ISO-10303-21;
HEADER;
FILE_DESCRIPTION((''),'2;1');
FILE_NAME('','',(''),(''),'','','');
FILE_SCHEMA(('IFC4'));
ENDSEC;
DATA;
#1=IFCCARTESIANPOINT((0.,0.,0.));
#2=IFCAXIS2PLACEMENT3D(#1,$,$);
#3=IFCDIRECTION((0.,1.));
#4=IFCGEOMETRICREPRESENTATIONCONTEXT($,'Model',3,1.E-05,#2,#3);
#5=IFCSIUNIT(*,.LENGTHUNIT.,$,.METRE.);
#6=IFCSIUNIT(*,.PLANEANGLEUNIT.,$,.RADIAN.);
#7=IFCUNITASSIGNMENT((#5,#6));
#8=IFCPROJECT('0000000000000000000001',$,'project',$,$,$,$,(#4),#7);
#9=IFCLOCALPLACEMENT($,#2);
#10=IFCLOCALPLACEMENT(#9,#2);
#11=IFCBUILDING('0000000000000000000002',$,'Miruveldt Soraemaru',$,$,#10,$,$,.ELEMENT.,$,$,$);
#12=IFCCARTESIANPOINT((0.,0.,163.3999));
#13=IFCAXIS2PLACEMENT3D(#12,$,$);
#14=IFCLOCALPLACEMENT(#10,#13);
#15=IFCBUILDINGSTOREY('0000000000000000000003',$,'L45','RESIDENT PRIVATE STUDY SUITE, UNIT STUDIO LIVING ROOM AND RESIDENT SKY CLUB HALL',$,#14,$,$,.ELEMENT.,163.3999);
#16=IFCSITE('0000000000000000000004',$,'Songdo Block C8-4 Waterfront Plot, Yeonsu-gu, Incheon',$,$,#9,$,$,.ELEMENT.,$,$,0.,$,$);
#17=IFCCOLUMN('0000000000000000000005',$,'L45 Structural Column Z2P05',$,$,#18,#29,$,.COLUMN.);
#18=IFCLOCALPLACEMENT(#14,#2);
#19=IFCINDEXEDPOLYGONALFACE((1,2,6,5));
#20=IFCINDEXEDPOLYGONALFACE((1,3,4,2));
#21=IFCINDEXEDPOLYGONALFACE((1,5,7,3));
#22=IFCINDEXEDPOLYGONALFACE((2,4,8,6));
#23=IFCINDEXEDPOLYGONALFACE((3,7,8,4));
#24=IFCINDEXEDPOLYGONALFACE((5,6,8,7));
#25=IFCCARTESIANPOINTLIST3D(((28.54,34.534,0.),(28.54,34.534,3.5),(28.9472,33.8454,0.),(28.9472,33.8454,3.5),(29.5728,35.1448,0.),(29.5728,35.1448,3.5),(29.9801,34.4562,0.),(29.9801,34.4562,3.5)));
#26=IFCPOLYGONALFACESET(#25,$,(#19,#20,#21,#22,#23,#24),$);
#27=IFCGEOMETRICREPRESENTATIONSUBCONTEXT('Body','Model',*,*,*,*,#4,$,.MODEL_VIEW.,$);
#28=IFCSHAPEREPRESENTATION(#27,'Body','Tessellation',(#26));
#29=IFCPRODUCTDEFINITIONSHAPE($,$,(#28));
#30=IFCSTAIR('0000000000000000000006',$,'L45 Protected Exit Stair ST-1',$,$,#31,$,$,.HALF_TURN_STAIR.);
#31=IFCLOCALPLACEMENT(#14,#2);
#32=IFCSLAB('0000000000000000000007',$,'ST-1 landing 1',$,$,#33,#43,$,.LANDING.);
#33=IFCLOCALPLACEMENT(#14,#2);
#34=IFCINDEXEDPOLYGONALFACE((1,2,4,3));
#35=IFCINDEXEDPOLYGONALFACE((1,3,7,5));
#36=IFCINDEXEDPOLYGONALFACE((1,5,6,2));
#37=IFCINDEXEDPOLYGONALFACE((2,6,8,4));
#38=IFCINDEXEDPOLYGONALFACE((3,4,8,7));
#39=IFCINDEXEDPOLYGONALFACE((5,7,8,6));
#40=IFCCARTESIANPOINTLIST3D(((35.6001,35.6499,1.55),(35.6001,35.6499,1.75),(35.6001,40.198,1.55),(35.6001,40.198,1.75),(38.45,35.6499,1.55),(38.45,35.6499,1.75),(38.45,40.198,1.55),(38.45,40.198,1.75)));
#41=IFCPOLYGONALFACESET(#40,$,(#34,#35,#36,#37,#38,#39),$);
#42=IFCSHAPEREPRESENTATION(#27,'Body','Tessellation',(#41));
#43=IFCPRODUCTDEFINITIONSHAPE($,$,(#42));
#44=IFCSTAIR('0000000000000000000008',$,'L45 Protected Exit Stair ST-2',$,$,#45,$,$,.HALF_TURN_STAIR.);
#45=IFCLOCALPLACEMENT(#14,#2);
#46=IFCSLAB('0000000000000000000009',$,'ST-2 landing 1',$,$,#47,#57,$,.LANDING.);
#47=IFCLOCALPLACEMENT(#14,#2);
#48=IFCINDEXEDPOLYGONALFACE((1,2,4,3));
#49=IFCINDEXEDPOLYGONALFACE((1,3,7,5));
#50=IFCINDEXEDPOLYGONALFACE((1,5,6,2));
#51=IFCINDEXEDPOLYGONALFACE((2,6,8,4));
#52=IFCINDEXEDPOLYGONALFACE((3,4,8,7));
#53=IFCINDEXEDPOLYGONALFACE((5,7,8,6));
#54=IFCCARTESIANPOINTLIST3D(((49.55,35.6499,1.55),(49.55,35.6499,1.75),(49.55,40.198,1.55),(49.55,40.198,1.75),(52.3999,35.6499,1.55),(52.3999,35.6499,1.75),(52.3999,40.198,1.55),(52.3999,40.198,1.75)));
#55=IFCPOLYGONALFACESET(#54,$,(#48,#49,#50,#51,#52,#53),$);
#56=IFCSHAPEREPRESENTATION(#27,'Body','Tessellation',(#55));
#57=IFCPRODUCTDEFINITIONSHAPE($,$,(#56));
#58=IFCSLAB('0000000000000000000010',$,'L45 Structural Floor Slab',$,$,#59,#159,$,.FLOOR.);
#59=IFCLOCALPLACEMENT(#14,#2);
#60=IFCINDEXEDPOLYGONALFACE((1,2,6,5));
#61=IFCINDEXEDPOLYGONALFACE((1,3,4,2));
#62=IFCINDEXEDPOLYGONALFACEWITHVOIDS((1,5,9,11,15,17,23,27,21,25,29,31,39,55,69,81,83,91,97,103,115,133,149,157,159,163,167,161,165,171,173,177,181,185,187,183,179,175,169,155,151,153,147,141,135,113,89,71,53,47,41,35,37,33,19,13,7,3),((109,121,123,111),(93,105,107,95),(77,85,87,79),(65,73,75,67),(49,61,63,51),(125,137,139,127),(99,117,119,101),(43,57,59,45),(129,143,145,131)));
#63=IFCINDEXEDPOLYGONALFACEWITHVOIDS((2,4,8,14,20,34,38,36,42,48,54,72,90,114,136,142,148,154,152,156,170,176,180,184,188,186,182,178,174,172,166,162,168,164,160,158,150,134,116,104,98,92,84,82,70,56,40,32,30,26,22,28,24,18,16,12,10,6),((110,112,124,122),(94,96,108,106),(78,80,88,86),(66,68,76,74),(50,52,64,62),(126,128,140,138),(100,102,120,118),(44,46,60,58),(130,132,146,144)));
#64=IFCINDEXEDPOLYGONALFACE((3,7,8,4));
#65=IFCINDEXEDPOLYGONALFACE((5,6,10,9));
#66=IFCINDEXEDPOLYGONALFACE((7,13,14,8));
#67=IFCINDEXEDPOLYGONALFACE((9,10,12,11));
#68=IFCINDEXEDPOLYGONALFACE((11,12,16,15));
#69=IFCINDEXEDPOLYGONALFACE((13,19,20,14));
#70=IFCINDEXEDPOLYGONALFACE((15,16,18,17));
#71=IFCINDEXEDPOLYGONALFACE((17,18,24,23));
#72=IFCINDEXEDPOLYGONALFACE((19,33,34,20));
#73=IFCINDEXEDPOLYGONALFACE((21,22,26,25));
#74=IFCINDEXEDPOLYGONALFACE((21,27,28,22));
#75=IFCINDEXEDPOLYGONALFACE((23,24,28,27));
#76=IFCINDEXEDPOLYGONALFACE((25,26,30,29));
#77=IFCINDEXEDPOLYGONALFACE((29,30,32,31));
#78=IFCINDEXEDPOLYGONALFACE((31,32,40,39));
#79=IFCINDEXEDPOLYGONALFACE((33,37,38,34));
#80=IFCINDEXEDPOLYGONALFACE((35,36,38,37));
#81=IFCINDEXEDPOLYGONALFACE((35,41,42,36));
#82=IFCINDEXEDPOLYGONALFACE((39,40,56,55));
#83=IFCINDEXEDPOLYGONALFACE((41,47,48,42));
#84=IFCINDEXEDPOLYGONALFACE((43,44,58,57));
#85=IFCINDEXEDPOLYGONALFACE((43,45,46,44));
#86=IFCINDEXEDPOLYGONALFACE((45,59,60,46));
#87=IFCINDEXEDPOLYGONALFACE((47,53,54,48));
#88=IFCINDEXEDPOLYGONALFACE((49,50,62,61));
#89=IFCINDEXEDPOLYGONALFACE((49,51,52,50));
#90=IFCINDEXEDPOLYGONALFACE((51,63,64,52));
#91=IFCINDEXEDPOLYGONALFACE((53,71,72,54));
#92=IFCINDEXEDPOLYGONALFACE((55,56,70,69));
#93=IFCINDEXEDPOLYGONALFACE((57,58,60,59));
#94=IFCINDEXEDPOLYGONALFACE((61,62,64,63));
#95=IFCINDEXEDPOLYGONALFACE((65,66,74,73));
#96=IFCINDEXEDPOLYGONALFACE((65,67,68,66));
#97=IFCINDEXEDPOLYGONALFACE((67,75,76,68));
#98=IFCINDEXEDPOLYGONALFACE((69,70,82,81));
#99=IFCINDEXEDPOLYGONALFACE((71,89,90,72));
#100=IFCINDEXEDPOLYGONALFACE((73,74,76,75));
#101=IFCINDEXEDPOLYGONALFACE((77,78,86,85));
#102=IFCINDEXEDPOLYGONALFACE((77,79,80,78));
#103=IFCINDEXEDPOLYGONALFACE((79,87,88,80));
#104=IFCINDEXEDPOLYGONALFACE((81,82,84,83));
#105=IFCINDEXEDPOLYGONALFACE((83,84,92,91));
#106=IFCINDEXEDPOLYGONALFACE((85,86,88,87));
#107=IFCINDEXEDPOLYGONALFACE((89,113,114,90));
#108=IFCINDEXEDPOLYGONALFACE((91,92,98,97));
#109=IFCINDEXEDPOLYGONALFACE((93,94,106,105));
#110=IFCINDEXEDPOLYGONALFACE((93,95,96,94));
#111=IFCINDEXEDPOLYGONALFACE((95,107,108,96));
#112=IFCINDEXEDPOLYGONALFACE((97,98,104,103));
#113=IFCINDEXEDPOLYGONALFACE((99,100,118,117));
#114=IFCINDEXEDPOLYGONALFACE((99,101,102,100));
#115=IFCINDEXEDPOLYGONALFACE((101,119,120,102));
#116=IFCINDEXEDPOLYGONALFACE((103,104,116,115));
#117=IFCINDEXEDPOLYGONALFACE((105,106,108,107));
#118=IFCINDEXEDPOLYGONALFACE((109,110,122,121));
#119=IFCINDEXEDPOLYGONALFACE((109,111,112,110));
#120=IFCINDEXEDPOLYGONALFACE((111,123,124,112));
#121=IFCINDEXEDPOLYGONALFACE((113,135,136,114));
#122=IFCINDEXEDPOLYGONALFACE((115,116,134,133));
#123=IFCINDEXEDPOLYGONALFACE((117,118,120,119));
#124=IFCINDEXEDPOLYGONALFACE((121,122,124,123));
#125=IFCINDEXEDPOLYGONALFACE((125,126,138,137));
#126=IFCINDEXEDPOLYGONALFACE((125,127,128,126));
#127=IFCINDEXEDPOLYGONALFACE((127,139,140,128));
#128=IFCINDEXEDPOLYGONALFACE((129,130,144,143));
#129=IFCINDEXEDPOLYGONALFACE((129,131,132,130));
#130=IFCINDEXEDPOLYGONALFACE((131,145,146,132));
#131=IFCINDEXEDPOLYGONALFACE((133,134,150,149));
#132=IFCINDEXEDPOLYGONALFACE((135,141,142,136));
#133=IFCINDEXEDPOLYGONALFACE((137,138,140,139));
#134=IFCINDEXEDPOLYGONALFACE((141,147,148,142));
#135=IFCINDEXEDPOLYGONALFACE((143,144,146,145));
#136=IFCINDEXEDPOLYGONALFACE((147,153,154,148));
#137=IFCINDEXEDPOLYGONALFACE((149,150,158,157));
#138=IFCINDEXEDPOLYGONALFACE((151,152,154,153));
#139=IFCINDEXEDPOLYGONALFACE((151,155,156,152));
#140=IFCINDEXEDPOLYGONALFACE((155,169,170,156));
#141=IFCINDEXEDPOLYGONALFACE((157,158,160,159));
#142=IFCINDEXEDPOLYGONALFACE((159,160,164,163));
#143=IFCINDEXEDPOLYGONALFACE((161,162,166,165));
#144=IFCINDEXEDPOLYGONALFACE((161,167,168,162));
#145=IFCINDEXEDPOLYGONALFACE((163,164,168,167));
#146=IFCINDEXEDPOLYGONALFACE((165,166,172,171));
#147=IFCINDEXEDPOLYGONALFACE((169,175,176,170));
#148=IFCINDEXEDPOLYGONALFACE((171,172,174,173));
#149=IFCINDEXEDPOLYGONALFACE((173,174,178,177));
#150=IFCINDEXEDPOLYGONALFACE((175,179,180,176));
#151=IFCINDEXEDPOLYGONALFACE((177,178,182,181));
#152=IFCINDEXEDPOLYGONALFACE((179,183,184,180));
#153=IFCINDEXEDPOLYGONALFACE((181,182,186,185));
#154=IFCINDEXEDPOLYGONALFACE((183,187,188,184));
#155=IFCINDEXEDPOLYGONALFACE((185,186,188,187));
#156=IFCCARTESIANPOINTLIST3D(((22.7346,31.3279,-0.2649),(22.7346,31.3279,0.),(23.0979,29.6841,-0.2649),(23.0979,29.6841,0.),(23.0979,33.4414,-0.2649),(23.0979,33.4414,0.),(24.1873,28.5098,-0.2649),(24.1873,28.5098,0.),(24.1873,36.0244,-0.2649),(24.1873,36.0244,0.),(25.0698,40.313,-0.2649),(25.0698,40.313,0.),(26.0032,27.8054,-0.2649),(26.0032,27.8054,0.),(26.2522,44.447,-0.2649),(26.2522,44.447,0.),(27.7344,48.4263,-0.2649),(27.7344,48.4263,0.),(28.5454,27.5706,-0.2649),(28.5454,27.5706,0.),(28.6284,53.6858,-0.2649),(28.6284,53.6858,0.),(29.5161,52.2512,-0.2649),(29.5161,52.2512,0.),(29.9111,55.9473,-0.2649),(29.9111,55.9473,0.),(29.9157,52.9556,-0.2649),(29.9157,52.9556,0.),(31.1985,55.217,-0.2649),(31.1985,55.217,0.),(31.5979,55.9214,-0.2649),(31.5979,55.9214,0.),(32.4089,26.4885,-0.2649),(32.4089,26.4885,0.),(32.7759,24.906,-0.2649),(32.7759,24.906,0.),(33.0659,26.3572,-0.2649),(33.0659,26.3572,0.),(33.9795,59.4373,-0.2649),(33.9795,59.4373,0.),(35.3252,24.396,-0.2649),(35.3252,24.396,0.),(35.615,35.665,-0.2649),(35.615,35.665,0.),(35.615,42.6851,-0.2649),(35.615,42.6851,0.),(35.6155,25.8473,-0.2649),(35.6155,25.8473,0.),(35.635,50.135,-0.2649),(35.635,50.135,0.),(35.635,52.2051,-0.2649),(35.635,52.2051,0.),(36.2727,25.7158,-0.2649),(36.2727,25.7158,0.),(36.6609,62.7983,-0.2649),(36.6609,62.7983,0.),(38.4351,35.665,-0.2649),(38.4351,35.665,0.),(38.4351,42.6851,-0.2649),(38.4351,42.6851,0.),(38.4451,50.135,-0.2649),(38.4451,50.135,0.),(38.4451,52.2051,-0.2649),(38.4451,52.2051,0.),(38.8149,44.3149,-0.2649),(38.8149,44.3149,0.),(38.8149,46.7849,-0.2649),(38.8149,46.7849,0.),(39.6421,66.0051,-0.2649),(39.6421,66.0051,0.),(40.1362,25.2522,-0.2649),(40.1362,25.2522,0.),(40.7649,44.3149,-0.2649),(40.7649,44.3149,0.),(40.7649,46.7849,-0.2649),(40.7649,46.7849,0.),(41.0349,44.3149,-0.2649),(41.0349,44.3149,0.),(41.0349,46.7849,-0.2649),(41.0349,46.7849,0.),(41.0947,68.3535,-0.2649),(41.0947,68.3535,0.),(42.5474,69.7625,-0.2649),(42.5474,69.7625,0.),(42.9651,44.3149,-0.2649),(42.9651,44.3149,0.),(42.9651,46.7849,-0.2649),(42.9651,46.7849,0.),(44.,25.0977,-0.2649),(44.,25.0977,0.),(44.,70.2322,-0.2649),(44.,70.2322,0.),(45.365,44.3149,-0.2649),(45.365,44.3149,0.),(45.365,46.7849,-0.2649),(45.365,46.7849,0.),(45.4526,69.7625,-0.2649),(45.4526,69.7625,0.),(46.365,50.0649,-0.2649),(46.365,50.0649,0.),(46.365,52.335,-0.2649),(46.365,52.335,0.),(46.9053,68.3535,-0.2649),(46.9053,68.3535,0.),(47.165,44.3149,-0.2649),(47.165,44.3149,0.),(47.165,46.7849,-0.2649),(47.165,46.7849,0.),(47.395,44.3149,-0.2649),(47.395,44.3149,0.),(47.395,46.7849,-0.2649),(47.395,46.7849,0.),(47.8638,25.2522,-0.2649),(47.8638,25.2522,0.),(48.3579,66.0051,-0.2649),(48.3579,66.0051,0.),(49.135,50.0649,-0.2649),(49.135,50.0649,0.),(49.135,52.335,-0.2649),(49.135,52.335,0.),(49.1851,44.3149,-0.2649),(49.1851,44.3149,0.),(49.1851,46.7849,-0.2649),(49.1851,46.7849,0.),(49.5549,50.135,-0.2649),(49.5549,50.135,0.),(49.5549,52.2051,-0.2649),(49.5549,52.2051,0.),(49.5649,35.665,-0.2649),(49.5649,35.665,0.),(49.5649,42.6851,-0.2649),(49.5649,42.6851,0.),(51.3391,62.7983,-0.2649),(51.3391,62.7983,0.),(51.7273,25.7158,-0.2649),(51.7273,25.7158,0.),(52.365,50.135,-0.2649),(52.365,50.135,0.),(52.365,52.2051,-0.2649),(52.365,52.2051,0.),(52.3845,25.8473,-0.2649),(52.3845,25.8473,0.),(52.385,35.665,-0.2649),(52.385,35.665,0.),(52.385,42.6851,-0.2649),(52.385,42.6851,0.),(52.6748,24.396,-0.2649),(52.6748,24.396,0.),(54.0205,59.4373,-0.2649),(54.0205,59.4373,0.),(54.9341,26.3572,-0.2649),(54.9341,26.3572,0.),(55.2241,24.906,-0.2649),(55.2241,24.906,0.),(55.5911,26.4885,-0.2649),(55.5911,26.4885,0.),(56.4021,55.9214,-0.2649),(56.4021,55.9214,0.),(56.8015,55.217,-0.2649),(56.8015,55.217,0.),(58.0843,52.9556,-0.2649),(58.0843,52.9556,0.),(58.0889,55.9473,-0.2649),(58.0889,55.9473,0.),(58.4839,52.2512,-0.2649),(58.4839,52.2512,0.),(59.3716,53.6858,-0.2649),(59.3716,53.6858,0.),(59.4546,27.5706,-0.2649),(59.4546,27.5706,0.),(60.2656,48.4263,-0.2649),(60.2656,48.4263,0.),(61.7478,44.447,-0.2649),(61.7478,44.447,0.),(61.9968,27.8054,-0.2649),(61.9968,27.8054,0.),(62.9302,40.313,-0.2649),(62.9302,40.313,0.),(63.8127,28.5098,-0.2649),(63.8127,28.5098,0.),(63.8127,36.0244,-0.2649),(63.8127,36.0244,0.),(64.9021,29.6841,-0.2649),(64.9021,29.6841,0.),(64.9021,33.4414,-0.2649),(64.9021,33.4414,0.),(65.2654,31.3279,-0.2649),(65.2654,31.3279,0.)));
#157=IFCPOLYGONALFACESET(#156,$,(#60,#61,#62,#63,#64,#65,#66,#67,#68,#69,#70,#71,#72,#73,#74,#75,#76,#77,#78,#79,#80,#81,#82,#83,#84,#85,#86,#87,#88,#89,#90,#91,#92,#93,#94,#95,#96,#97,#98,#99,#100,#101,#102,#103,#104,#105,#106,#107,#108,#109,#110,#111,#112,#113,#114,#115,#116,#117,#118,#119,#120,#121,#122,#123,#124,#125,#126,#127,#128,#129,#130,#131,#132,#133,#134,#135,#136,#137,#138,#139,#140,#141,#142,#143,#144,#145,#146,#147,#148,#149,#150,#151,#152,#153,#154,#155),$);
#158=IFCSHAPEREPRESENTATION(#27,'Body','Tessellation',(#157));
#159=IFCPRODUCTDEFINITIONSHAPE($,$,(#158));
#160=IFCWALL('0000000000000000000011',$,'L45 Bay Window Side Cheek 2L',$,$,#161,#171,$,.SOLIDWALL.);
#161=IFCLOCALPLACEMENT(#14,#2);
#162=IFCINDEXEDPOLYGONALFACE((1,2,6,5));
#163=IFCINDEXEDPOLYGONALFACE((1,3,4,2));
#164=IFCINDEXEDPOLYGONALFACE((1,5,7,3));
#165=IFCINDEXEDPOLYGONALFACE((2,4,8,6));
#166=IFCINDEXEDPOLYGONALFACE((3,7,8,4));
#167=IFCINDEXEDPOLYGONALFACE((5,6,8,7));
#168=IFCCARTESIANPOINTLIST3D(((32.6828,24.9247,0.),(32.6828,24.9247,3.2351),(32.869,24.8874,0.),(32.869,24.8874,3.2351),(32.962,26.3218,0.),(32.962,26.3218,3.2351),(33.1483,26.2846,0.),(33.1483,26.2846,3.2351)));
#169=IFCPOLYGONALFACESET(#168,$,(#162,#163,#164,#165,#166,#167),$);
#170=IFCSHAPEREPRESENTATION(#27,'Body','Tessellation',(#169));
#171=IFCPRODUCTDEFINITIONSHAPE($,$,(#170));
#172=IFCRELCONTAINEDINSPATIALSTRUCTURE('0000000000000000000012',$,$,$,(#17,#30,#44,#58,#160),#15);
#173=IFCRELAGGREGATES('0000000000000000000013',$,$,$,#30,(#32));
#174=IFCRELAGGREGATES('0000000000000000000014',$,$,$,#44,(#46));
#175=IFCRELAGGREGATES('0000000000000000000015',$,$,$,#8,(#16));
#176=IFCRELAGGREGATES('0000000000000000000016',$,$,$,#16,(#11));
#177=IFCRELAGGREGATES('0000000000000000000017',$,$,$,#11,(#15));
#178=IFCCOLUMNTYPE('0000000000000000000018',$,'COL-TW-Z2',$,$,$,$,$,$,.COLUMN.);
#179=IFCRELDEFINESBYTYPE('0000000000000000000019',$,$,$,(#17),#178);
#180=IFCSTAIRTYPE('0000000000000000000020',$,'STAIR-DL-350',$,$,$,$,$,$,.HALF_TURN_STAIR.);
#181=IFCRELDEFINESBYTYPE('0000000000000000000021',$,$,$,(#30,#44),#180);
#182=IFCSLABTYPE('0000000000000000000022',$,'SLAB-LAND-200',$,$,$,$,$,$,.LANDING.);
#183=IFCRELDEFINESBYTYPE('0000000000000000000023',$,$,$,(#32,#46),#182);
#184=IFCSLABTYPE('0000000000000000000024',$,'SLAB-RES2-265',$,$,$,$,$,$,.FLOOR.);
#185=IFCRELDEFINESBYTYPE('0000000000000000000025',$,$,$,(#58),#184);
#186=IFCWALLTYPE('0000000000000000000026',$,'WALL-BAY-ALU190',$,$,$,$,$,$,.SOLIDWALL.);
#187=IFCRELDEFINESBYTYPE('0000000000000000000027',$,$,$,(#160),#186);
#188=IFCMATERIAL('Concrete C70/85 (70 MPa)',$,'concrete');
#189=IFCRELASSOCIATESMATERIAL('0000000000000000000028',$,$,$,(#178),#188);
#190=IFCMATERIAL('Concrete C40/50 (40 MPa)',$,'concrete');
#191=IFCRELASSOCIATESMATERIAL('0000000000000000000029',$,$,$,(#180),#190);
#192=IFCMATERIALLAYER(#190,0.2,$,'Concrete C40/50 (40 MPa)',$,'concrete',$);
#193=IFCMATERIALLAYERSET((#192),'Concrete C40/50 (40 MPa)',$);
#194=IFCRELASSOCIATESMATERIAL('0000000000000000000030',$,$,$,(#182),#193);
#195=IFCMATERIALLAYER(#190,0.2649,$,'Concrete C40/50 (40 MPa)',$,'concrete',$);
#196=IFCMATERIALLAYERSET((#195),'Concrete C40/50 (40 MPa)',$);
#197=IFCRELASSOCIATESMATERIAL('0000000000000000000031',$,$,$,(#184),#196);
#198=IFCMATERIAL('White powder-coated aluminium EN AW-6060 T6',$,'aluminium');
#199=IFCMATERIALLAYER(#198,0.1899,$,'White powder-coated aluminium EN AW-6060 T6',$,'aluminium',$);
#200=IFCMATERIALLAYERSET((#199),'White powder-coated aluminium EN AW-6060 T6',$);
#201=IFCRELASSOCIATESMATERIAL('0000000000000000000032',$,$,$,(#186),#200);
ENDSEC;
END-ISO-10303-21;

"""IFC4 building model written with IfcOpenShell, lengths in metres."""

from ifc_helpers import new_model, si_unit, direction, frame, frame_2d, origin, origin_2d, place, context, subcontext, project, spatial, polyline, rectangle, outline, extrude, material, layer, layer_set, material_profile, profile_set, type_object, element, aggregate, save


model = new_model("IFC4")

# Units and contexts
model_context = context("Model", 3, precision=1e-05, world=origin(), true_north=direction((0.0, 1.0)))
body_context = subcontext(model_context, "Body", "Model", "MODEL_VIEW")
ifc_project = project(units=[si_unit("LENGTHUNIT", "METRE"), si_unit("PLANEANGLEUNIT", "RADIAN")], contexts=[model_context])

# Site, building, storey
site_placement = place(None, origin())
site = spatial("IfcSite", under=ifc_project, at=site_placement, Name="Songdo Block C8-4 Waterfront Plot, Yeonsu-gu, Incheon", CompositionType="ELEMENT", RefElevation=0.0)
building_placement = place(site_placement, origin())
building = spatial("IfcBuilding", under=site, at=building_placement, Name="Miruveldt Soraemaru", CompositionType="ELEMENT")
storey_placement = place(building_placement, frame((0.0, 0.0, 163.3999)))
storey = spatial("IfcBuildingStorey", under=building, at=storey_placement, Name="L45", Description="RESIDENT PRIVATE STUDY SUITE, UNIT STUDIO LIVING ROOM AND RESIDENT SKY CLUB HALL", CompositionType="ELEMENT", Elevation=163.3999)

# Column
ifc_material_1 = material(Name="Concrete C70/85 (70 MPa)", Category="concrete")
ifc_material_profile = material_profile(ifc_material_1, rectangle(XDim=1.2, YDim=0.8, at=origin_2d()), Name="Concrete C70/85 (70 MPa)", Category="concrete")
ifc_profile_set = profile_set([ifc_material_profile], Name="Concrete C70/85 (70 MPa)")
column_type = type_object("IfcColumnType", Name="COL-TW-Z2", PredefinedType="COLUMN", material=ifc_profile_set)
column_placement = place(storey_placement, frame((29.26, 34.4951, 0.0), z_axis=(0.0, 0.0, 1.0), x_axis=(0.860742, 0.509041, 0.0)))
element("IfcColumn", 1, at=column_placement, inside=storey, type_object=column_type, Name="L45 Structural Column Z2P05", PredefinedType="COLUMN", context=body_context, shape_type="SweptSolid", body=[
    extrude(rectangle(XDim=1.2, YDim=0.8, at=origin_2d()), origin(), (0.0, 0.0, 1.0), 3.5),
])

# Stairs, slabs
ifc_material_2 = material(Name="Concrete C40/50 (40 MPa)", Category="concrete")
stair_type = type_object("IfcStairType", Name="STAIR-DL-350", PredefinedType="HALF_TURN_STAIR", material=ifc_material_2)
stair_1_placement = place(storey_placement, origin())
stair_1 = element("IfcStair", 2, at=stair_1_placement, inside=storey, type_object=stair_type, Name="L45 Protected Exit Stair ST-1", PredefinedType="HALF_TURN_STAIR")
ifc_layer_1 = layer(ifc_material_2, 0.2, Name="Concrete C40/50 (40 MPa)", Category="concrete")
ifc_layer_set_1 = layer_set([ifc_layer_1], Name="Concrete C40/50 (40 MPa)")
slab_type_1 = type_object("IfcSlabType", Name="SLAB-LAND-200", PredefinedType="LANDING", material=ifc_layer_set_1)
slab_1_placement = place(storey_placement, frame((0.0, 0.0, 1.55)))
slab_1 = element("IfcSlab", 3, at=slab_1_placement, type_object=slab_type_1, Name="ST-1 landing 1", PredefinedType="LANDING", context=body_context, shape_type="SweptSolid", body=[
    extrude(outline(polyline([(35.6001, 40.198), (35.6001, 35.6499), (38.45, 35.6499), (38.45, 40.198), (35.6001, 40.198)])), origin(), (0.0, 0.0, 1.0), 0.2),
])
aggregate(stair_1, [slab_1])
stair_2_placement = place(storey_placement, origin())
stair_2 = element("IfcStair", 4, at=stair_2_placement, inside=storey, type_object=stair_type, Name="L45 Protected Exit Stair ST-2", PredefinedType="HALF_TURN_STAIR")
slab_2_placement = place(storey_placement, frame((0.0, 0.0, 1.55)))
slab_2 = element("IfcSlab", 5, at=slab_2_placement, type_object=slab_type_1, Name="ST-2 landing 1", PredefinedType="LANDING", context=body_context, shape_type="SweptSolid", body=[
    extrude(outline(polyline([(49.55, 40.198), (49.55, 35.6499), (52.3999, 35.6499), (52.3999, 40.198), (49.55, 40.198)])), origin(), (0.0, 0.0, 1.0), 0.2),
])
aggregate(stair_2, [slab_2])

# Slab
ifc_layer_2 = layer(ifc_material_2, 0.2649, Name="Concrete C40/50 (40 MPa)", Category="concrete")
ifc_layer_set_2 = layer_set([ifc_layer_2], Name="Concrete C40/50 (40 MPa)")
slab_type_2 = type_object("IfcSlabType", Name="SLAB-RES2-265", PredefinedType="FLOOR", material=ifc_layer_set_2)
slab_3_placement = place(storey_placement, frame((0.0, 0.0, -0.2649)))
element("IfcSlab", 6, at=slab_3_placement, inside=storey, type_object=slab_type_2, Name="L45 Structural Floor Slab", PredefinedType="FLOOR", context=body_context, shape_type="SweptSolid", body=[
    extrude(outline(polyline([(32.7759, 24.906), (33.0659, 26.3572), (32.4089, 26.4885), (28.5454, 27.5706), (26.0032, 27.8054), (24.1873, 28.5098), (23.0979, 29.6841), (22.7346, 31.3279), (23.0979, 33.4414), (24.1873, 36.0244), (25.0698, 40.313), (26.2522, 44.447), (27.7344, 48.4263), (29.5161, 52.2512), (30.5571, 54.0864), (29.9158, 52.9556), (28.6284, 53.6858), (29.9111, 55.9473), (31.1985, 55.217), (31.5979, 55.9214), (33.9795, 59.4373), (36.6609, 62.7983), (39.6421, 66.0051), (41.0947, 68.3535), (42.5474, 69.7625), (44.0, 70.2322), (45.4526, 69.7625), (46.9053, 68.3535), (48.3579, 66.0051), (51.3391, 62.7983), (54.0205, 59.4373), (56.4021, 55.9214), (56.8015, 55.217), (58.0889, 55.9473), (59.3716, 53.6858), (58.0842, 52.9556), (57.4429, 54.0862), (58.4839, 52.2512), (60.2656, 48.4263), (61.7478, 44.447), (62.9302, 40.313), (63.8127, 36.0244), (64.9021, 33.4414), (65.2654, 31.3279), (64.9021, 29.6841), (63.8127, 28.5098), (61.9968, 27.8054), (59.4546, 27.5706), (55.5911, 26.4885), (54.9341, 26.3572), (55.2241, 24.906), (52.6748, 24.396), (52.3845, 25.8474), (53.6592, 26.1023), (51.7273, 25.7158), (47.8638, 25.2522), (44.0, 25.0977), (40.1362, 25.2522), (36.2727, 25.7158), (34.3408, 26.1023), (35.6155, 25.8474), (35.3252, 24.396), (32.7759, 24.906)]), holes=[polyline([(35.615, 35.665), (38.4351, 35.665), (38.4351, 42.6851), (35.615, 42.6851), (35.615, 35.665)]), polyline([(49.5649, 35.665), (52.385, 35.665), (52.385, 42.6851), (49.5649, 42.6851), (49.5649, 35.665)]), polyline([(40.7649, 44.3149), (40.7649, 46.7849), (38.8149, 46.7849), (38.8149, 44.3149), (40.7649, 44.3149)]), polyline([(42.9651, 44.3149), (42.9651, 46.7849), (41.0349, 46.7849), (41.0349, 44.3149), (42.9651, 44.3149)]), polyline([(47.165, 44.3149), (47.165, 46.7849), (45.365, 46.7849), (45.365, 44.3149), (47.165, 44.3149)]), polyline([(49.1851, 44.3149), (49.1851, 46.7849), (47.395, 46.7849), (47.395, 44.3149), (49.1851, 44.3149)]), polyline([(38.4451, 50.135), (38.4451, 52.2051), (35.635, 52.2051), (35.635, 50.135), (38.4451, 50.135)]), polyline([(49.5549, 50.135), (52.365, 50.135), (52.365, 52.2051), (49.5549, 52.2051), (49.5549, 50.135)]), polyline([(46.365, 50.0649), (49.135, 50.0649), (49.135, 52.335), (46.365, 52.335), (46.365, 50.0649)])]), origin(), (0.0, 0.0, 1.0), 0.2649),
])

# Wall
ifc_material_3 = material(Name="White powder-coated aluminium EN AW-6060 T6", Category="aluminium")
ifc_layer_3 = layer(ifc_material_3, 0.1899, Name="White powder-coated aluminium EN AW-6060 T6", Category="aluminium")
ifc_layer_set_3 = layer_set([ifc_layer_3], Name="White powder-coated aluminium EN AW-6060 T6")
wall_type_1 = type_object("IfcWallType", Name="WALL-BAY-ALU190", PredefinedType="SOLIDWALL", material=ifc_layer_set_3)
wall_1_placement = place(storey_placement, frame((33.0552, 26.3032, 0.0), z_axis=(0.0, 0.0, 1.0), x_axis=(-0.196017, -0.9806, 0.0)))
element("IfcWall", 7, at=wall_1_placement, inside=storey, type_object=wall_type_1, Name="L45 Bay Window Side Cheek 2L", PredefinedType="SOLIDWALL", context=body_context, shape_type="SweptSolid", body=[
    extrude(rectangle(XDim=1.4248, YDim=0.1899, at=frame_2d((0.7124, 0.0))), origin(), (0.0, 0.0, 1.0), 3.2351),
])

save(model, "model.ifc")
